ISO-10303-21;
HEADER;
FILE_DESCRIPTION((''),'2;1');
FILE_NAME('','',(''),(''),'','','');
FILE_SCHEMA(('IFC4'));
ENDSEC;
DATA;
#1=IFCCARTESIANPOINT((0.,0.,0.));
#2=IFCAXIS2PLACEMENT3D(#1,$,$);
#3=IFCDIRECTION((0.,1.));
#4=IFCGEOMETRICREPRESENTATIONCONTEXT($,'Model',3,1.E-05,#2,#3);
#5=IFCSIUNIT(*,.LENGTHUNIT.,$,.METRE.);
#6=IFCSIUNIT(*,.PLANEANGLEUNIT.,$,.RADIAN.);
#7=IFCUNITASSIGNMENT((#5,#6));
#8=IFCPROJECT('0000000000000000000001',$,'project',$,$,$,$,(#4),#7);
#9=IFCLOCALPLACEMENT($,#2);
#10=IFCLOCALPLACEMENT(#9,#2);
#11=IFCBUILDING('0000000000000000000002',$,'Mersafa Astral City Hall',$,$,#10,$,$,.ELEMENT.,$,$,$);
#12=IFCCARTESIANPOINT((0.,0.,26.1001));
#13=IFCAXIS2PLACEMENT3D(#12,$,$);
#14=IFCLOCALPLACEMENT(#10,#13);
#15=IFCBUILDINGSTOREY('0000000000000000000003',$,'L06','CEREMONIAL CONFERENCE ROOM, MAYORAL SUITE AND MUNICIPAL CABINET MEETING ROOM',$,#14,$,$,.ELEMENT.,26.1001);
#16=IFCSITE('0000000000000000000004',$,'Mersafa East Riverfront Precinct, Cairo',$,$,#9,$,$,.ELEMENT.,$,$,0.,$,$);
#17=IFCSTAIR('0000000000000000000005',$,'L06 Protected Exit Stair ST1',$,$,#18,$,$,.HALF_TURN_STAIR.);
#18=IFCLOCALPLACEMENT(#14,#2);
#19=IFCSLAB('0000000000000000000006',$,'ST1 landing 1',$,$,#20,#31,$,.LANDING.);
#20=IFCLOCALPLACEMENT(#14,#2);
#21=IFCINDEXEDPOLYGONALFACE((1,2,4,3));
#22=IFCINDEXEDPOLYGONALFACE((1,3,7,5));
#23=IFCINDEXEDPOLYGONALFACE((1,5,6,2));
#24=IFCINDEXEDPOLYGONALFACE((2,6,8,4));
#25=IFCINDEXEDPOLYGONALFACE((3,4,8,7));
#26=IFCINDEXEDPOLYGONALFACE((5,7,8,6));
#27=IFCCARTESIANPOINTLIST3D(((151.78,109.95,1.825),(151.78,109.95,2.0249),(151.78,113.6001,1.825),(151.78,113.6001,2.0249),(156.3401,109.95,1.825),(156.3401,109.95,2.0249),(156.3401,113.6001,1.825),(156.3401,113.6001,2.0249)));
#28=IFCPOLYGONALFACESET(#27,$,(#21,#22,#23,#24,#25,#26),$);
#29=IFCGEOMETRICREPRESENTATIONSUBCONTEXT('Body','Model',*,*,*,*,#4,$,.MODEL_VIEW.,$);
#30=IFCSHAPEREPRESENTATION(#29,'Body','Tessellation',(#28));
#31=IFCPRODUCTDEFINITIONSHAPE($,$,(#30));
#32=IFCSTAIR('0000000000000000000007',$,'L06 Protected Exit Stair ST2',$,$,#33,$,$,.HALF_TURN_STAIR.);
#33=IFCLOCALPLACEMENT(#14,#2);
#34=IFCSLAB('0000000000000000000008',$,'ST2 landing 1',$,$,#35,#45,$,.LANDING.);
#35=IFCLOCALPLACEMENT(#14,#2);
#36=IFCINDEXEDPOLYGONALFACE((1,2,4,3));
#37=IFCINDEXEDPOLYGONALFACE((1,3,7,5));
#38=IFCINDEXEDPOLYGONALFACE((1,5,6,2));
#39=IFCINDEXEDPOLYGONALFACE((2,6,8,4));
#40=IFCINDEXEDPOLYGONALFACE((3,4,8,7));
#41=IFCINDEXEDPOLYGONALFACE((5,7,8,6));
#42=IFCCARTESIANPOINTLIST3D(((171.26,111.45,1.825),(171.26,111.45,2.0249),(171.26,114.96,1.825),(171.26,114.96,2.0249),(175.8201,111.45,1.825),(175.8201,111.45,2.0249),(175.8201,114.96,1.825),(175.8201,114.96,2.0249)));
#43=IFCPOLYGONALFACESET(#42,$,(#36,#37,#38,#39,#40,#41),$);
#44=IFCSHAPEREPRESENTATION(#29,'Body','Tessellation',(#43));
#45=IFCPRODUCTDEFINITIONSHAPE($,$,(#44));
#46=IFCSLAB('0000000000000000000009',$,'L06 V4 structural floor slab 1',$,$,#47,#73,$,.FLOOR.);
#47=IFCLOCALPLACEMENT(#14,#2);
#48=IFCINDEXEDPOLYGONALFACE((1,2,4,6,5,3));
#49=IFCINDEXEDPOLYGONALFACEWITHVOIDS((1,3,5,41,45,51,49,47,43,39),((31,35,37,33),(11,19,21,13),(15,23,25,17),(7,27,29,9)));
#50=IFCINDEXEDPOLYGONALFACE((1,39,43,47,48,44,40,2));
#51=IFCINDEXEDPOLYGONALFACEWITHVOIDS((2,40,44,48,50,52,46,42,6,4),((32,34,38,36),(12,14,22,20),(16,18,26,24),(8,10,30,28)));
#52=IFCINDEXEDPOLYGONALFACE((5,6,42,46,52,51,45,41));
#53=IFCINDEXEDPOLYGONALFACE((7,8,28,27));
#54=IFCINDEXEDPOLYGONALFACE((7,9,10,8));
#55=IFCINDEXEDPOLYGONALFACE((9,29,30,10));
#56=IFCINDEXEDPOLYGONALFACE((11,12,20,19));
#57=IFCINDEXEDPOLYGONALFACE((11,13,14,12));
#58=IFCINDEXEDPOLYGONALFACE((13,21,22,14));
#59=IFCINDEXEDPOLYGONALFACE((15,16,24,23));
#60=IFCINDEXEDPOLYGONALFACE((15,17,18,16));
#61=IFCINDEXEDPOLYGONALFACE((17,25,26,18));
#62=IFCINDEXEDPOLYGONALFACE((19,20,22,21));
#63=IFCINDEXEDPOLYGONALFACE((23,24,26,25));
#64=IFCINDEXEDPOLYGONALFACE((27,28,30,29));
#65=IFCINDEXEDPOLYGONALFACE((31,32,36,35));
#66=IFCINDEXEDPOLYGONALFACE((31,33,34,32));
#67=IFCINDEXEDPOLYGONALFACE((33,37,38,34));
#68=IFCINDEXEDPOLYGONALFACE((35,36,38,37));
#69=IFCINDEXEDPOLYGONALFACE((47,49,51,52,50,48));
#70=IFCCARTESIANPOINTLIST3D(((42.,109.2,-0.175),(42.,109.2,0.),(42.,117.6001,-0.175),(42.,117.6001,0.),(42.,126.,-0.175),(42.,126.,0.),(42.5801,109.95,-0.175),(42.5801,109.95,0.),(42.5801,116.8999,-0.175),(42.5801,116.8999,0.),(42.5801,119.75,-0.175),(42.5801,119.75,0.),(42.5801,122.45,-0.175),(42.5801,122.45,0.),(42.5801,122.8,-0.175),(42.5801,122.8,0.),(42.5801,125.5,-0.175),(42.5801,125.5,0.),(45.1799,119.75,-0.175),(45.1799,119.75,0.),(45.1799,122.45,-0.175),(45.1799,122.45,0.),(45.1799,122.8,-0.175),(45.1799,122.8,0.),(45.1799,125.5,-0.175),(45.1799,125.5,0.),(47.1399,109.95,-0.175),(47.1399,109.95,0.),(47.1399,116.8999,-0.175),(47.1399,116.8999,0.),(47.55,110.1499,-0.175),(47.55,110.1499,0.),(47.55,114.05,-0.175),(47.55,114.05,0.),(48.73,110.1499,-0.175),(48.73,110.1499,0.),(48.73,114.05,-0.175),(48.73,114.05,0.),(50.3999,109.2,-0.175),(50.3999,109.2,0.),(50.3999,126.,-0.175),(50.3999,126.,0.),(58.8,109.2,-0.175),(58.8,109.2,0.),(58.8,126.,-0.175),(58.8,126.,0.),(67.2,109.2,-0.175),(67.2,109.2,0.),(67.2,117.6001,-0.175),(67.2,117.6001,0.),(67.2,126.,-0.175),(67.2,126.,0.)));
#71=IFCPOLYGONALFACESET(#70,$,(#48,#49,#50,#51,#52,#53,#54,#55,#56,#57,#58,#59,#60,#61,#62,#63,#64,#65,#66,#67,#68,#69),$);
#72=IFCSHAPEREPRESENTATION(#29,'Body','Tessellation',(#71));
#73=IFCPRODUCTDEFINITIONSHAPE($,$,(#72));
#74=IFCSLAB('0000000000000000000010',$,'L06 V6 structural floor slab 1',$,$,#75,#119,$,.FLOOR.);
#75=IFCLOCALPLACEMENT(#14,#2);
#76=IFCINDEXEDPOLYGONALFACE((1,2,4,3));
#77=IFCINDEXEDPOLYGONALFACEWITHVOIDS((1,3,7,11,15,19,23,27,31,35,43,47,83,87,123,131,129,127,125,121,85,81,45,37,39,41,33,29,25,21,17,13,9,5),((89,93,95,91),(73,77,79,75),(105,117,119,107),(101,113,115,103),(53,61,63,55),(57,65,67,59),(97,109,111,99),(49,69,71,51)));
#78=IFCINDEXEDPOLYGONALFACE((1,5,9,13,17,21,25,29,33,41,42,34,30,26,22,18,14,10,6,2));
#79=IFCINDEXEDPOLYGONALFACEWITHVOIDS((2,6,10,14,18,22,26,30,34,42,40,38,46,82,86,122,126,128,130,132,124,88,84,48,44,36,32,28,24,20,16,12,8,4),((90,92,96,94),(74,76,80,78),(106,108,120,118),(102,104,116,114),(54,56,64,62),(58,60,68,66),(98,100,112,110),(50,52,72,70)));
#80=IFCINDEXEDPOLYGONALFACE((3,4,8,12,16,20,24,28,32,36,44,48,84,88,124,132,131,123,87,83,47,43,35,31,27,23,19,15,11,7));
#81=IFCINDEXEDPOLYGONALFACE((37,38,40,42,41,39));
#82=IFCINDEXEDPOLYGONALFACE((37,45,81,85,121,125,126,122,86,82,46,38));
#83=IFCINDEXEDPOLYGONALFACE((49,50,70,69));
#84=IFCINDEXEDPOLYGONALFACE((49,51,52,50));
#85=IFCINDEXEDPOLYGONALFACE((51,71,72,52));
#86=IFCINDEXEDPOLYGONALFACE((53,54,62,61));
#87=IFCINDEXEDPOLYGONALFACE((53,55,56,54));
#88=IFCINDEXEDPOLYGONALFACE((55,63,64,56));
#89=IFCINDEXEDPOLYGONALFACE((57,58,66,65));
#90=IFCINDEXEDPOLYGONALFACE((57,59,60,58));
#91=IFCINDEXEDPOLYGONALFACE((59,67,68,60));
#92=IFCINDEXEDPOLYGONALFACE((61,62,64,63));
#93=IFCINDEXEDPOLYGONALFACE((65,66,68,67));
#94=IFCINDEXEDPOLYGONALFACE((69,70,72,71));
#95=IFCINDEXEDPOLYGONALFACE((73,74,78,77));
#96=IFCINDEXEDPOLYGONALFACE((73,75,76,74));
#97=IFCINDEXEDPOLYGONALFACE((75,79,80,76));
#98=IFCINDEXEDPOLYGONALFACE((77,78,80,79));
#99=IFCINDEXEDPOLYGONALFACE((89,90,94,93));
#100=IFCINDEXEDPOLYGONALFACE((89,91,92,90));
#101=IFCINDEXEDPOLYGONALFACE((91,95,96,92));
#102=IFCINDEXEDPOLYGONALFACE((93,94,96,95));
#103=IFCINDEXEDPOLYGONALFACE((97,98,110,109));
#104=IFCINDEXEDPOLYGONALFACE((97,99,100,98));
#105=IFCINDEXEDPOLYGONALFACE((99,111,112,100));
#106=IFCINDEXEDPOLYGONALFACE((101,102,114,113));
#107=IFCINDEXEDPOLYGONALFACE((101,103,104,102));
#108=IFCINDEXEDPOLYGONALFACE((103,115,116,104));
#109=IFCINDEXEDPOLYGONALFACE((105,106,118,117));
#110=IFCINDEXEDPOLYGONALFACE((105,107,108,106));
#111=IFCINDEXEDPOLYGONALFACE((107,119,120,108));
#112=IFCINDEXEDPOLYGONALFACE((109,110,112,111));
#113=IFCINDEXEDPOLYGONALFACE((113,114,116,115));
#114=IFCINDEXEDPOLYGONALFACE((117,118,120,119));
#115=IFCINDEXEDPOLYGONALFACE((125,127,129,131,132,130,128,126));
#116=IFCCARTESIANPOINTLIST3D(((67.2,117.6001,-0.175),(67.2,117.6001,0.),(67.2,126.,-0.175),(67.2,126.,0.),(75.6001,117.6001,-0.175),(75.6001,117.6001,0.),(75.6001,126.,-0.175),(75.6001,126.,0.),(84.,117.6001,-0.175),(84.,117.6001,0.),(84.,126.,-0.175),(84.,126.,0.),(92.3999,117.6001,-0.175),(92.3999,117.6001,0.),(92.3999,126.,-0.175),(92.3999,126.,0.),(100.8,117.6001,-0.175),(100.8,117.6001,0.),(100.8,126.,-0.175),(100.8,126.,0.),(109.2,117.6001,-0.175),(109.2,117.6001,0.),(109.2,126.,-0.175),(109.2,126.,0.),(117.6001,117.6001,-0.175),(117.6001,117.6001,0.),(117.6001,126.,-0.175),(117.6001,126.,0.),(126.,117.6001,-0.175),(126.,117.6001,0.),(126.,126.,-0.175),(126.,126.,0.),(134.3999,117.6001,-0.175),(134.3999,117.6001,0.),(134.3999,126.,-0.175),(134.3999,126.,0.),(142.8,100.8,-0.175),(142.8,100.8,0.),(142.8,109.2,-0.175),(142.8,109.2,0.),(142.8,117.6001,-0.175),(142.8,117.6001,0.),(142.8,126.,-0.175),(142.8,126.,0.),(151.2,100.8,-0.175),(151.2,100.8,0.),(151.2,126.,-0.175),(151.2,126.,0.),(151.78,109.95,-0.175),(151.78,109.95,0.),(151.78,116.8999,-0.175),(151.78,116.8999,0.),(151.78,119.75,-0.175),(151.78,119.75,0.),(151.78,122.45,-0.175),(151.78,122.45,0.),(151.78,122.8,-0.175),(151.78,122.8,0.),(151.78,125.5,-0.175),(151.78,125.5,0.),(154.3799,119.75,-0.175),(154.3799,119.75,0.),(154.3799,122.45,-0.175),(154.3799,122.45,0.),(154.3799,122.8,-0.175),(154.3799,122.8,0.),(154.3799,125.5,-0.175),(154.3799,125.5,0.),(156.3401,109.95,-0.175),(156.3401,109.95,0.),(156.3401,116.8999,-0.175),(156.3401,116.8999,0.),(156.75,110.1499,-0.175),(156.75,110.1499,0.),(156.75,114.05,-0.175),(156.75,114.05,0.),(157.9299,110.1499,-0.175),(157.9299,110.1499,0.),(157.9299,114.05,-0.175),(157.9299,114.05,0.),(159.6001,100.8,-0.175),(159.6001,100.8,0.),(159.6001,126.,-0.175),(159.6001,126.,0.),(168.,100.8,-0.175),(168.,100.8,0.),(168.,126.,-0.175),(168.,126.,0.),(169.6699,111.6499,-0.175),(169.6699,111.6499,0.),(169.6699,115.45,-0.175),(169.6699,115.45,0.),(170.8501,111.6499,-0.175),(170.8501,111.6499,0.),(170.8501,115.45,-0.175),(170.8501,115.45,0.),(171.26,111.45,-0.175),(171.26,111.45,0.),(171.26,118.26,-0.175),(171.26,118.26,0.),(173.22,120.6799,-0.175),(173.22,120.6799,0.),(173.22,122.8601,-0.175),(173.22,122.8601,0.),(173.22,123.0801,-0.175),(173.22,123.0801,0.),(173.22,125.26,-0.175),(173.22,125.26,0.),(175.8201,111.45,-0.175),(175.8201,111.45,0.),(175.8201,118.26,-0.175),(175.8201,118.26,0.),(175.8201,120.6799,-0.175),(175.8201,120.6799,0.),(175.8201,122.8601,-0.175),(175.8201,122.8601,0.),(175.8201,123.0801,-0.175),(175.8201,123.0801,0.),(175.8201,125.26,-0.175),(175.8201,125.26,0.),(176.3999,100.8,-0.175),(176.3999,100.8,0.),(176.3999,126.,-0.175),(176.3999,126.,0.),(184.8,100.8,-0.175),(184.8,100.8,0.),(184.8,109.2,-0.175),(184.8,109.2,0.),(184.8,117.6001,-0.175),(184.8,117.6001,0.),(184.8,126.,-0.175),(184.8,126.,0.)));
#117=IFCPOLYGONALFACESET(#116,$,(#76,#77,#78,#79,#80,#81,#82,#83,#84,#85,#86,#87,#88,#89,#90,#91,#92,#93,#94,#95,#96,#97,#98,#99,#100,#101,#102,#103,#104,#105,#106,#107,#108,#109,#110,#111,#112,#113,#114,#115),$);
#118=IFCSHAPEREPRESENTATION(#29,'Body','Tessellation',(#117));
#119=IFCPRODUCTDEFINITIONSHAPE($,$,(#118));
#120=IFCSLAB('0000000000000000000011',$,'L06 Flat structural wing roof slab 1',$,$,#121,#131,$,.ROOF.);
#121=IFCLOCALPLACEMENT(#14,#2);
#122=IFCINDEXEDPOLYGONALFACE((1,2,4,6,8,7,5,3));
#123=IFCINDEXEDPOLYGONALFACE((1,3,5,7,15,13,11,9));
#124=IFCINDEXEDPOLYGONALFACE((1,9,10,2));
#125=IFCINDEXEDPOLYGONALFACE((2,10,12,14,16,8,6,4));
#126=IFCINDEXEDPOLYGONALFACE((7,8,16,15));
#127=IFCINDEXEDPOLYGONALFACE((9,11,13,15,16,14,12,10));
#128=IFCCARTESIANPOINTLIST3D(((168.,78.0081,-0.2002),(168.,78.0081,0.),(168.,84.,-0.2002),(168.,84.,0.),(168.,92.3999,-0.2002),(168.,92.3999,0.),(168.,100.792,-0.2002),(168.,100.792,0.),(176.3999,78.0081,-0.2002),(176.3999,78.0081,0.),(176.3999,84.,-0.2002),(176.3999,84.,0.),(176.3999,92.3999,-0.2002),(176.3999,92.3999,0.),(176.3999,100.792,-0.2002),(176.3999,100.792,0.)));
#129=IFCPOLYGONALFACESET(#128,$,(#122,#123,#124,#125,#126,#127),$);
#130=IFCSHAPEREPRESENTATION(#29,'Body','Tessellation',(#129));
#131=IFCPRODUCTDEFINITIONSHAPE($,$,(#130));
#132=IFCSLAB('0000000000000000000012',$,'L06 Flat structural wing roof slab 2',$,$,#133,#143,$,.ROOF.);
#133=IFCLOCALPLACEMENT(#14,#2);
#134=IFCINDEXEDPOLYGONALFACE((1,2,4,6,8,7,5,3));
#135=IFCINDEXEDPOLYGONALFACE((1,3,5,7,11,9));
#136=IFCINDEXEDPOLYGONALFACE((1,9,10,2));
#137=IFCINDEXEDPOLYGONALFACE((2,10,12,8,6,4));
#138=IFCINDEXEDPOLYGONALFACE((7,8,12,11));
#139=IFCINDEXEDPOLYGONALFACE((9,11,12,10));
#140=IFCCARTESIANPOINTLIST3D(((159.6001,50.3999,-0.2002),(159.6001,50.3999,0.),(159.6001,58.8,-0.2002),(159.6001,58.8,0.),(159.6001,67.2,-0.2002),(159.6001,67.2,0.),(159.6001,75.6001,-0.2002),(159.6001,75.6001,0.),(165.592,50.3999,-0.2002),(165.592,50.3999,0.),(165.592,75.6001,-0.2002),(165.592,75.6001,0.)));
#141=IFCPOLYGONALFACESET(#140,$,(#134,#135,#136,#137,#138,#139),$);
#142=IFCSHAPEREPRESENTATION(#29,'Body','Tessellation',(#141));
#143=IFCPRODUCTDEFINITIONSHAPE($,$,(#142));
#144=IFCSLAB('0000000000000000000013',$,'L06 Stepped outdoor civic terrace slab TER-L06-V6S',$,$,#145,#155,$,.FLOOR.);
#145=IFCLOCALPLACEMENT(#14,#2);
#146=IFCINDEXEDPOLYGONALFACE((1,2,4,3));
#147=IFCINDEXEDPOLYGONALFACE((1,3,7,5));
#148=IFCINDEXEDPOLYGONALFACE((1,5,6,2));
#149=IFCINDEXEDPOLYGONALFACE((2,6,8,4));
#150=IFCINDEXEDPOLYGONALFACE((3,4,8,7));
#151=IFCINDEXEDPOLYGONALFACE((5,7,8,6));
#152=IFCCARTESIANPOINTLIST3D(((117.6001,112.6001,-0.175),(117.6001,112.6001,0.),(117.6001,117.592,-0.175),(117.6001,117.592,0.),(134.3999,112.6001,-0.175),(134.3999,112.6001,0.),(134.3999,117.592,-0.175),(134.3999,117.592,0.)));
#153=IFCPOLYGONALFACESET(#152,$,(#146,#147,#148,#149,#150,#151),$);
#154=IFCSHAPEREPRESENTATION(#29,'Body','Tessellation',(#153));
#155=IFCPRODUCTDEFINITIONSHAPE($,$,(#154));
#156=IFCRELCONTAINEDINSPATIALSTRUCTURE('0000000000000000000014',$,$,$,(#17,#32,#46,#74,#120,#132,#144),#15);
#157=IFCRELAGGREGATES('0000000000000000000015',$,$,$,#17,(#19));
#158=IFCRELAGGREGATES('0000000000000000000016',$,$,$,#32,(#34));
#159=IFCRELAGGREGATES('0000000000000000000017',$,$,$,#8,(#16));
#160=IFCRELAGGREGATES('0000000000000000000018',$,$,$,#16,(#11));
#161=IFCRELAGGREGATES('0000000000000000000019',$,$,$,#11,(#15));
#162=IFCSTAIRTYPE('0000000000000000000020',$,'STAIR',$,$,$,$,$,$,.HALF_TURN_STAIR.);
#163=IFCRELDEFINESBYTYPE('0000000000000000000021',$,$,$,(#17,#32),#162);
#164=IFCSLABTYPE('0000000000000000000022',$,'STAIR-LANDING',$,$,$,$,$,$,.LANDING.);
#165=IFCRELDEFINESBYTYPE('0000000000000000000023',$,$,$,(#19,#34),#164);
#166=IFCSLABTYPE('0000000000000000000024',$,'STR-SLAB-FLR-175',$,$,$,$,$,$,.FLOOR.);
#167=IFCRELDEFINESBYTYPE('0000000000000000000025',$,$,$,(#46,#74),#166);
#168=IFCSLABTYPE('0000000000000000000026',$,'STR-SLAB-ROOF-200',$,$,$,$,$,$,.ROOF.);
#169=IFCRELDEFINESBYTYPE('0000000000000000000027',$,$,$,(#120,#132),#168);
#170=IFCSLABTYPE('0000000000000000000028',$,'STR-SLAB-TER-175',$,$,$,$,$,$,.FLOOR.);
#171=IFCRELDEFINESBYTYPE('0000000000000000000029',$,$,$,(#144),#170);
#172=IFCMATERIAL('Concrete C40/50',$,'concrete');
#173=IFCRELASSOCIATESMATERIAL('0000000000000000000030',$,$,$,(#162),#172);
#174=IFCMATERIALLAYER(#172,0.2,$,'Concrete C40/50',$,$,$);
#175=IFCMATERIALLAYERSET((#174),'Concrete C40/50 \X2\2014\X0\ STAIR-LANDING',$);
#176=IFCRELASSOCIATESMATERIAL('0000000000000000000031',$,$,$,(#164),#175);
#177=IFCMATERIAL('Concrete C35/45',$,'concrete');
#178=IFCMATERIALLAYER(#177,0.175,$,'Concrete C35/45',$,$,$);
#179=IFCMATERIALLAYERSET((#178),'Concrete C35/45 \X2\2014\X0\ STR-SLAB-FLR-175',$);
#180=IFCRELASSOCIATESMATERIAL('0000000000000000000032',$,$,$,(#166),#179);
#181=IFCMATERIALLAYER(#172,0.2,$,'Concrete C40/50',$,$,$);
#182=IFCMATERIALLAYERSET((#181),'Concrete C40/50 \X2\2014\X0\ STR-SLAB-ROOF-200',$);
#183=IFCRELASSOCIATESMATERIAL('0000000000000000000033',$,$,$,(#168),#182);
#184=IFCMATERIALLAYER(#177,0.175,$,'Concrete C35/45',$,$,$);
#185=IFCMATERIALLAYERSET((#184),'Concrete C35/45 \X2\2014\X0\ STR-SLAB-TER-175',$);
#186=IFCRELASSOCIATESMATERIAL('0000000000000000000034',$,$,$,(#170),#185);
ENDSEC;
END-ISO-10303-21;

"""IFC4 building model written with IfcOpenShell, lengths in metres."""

from ifc_helpers import new_model, si_unit, direction, frame, origin, place, context, subcontext, project, spatial, polyline, outline, extrude, material, layer, layer_set, type_object, element, aggregate, save


model = new_model("IFC4")

# Units and contexts
model_context = context("Model", 3, precision=1e-05, world=origin(), true_north=direction((0.0, 1.0)))
body_context = subcontext(model_context, "Body", "Model", "MODEL_VIEW")
ifc_project = project(units=[si_unit("LENGTHUNIT", "METRE"), si_unit("PLANEANGLEUNIT", "RADIAN")], contexts=[model_context])

# Site, building, storey
site_placement = place(None, origin())
site = spatial("IfcSite", under=ifc_project, at=site_placement, Name="Mersafa East Riverfront Precinct, Cairo", CompositionType="ELEMENT", RefElevation=0.0)
building_placement = place(site_placement, origin())
building = spatial("IfcBuilding", under=site, at=building_placement, Name="Mersafa Astral City Hall", CompositionType="ELEMENT")
storey_placement = place(building_placement, frame((0.0, 0.0, 26.1001)))
storey = spatial("IfcBuildingStorey", under=building, at=storey_placement, Name="L06", Description="CEREMONIAL CONFERENCE ROOM, MAYORAL SUITE AND MUNICIPAL CABINET MEETING ROOM", CompositionType="ELEMENT", Elevation=26.1001)

# Stairs, slabs
ifc_material_1 = material(Name="Concrete C40/50", Category="concrete")
stair_type = type_object("IfcStairType", Name="STAIR", PredefinedType="HALF_TURN_STAIR", material=ifc_material_1)
stair_1_placement = place(storey_placement, origin())
stair_1 = element("IfcStair", 1, at=stair_1_placement, inside=storey, type_object=stair_type, Name="L06 Protected Exit Stair ST1", PredefinedType="HALF_TURN_STAIR")
ifc_layer_1 = layer(ifc_material_1, 0.2, Name="Concrete C40/50")
ifc_layer_set_1 = layer_set([ifc_layer_1], Name="Concrete C40/50 — STAIR-LANDING")
slab_type_1 = type_object("IfcSlabType", Name="STAIR-LANDING", PredefinedType="LANDING", material=ifc_layer_set_1)
slab_1_placement = place(storey_placement, frame((0.0, 0.0, 1.825)))
slab_1 = element("IfcSlab", 2, at=slab_1_placement, type_object=slab_type_1, Name="ST1 landing 1", PredefinedType="LANDING", context=body_context, shape_type="SweptSolid", body=[
    extrude(outline(polyline([(151.78, 113.6001), (151.78, 109.95), (156.3401, 109.95), (156.3401, 113.6001), (151.78, 113.6001)])), origin(), (0.0, 0.0, 1.0), 0.2),
])
aggregate(stair_1, [slab_1])
stair_2_placement = place(storey_placement, origin())
stair_2 = element("IfcStair", 3, at=stair_2_placement, inside=storey, type_object=stair_type, Name="L06 Protected Exit Stair ST2", PredefinedType="HALF_TURN_STAIR")
slab_2_placement = place(storey_placement, frame((0.0, 0.0, 1.825)))
slab_2 = element("IfcSlab", 4, at=slab_2_placement, type_object=slab_type_1, Name="ST2 landing 1", PredefinedType="LANDING", context=body_context, shape_type="SweptSolid", body=[
    extrude(outline(polyline([(171.26, 114.96), (171.26, 111.45), (175.8201, 111.45), (175.8201, 114.96), (171.26, 114.96)])), origin(), (0.0, 0.0, 1.0), 0.2),
])
aggregate(stair_2, [slab_2])

# Slabs
ifc_material_2 = material(Name="Concrete C35/45", Category="concrete")
ifc_layer_2 = layer(ifc_material_2, 0.175, Name="Concrete C35/45")
ifc_layer_set_2 = layer_set([ifc_layer_2], Name="Concrete C35/45 — STR-SLAB-FLR-175")
slab_type_2 = type_object("IfcSlabType", Name="STR-SLAB-FLR-175", PredefinedType="FLOOR", material=ifc_layer_set_2)
slab_3_placement = place(storey_placement, frame((0.0, 0.0, -0.175)))
element("IfcSlab", 5, at=slab_3_placement, inside=storey, type_object=slab_type_2, Name="L06 V4 structural floor slab 1", PredefinedType="FLOOR", context=body_context, shape_type="SweptSolid", body=[
    extrude(outline(polyline([(42.0, 126.0), (50.3999, 126.0), (58.8, 126.0), (67.2, 126.0), (67.2, 117.6001), (67.2, 109.2), (58.8, 109.2), (50.3999, 109.2), (42.0, 109.2), (42.0, 117.6001), (42.0, 126.0)]), holes=[polyline([(47.55, 114.05), (47.55, 110.1499), (48.73, 110.1499), (48.73, 114.05), (47.55, 114.05)]), polyline([(42.5801, 109.95), (47.1399, 109.95), (47.1399, 116.8999), (42.5801, 116.8999), (42.5801, 109.95)]), polyline([(45.1799, 122.45), (42.5801, 122.45), (42.5801, 119.75), (45.1799, 119.75), (45.1799, 122.45)]), polyline([(45.1799, 125.5), (42.5801, 125.5), (42.5801, 122.8), (45.1799, 122.8), (45.1799, 125.5)])]), origin(), (0.0, 0.0, 1.0), 0.175),
])
slab_4_placement = place(storey_placement, frame((0.0, 0.0, -0.175)))
element("IfcSlab", 6, at=slab_4_placement, inside=storey, type_object=slab_type_2, Name="L06 V6 structural floor slab 1", PredefinedType="FLOOR", context=body_context, shape_type="SweptSolid", body=[
    extrude(outline(polyline([(134.3999, 117.6001), (126.0, 117.6001), (117.6001, 117.6001), (109.2, 117.6001), (100.8, 117.6001), (92.3999, 117.6001), (84.0, 117.6001), (75.6001, 117.6001), (67.2, 117.6001), (67.2, 126.0), (75.6001, 126.0), (84.0, 126.0), (92.3999, 126.0), (100.8, 126.0), (109.2, 126.0), (117.6001, 126.0), (126.0, 126.0), (134.3999, 126.0), (142.8, 126.0), (151.2, 126.0), (159.6001, 126.0), (168.0, 126.0), (176.3999, 126.0), (184.8, 126.0), (184.8, 117.6001), (184.8, 109.2), (184.8, 100.8), (176.3999, 100.8), (168.0, 100.8), (159.6001, 100.8), (151.2, 100.8), (142.8, 100.8), (142.8, 109.2), (142.8, 117.6001), (134.3999, 117.6001)]), holes=[polyline([(151.78, 122.45), (151.78, 119.75), (154.3799, 119.75), (154.3799, 122.45), (151.78, 122.45)]), polyline([(154.3799, 125.5), (151.78, 125.5), (151.78, 122.8), (154.3799, 122.8), (154.3799, 125.5)]), polyline([(156.75, 114.05), (156.75, 110.1499), (157.9299, 110.1499), (157.9299, 114.05), (156.75, 114.05)]), polyline([(151.78, 109.95), (156.3401, 109.95), (156.3401, 116.8999), (151.78, 116.8999), (151.78, 109.95)]), polyline([(170.8501, 115.45), (169.6699, 115.45), (169.6699, 111.6499), (170.8501, 111.6499), (170.8501, 115.45)]), polyline([(175.8201, 111.45), (175.8201, 118.26), (171.26, 118.26), (171.26, 111.45), (175.8201, 111.45)]), polyline([(175.8201, 122.8601), (173.22, 122.8601), (173.22, 120.6799), (175.8201, 120.6799), (175.8201, 122.8601)]), polyline([(175.8201, 125.26), (173.22, 125.26), (173.22, 123.0801), (175.8201, 123.0801), (175.8201, 125.26)])]), origin(), (0.0, 0.0, 1.0), 0.175),
])
ifc_layer_3 = layer(ifc_material_1, 0.2, Name="Concrete C40/50")
ifc_layer_set_3 = layer_set([ifc_layer_3], Name="Concrete C40/50 — STR-SLAB-ROOF-200")
slab_type_3 = type_object("IfcSlabType", Name="STR-SLAB-ROOF-200", PredefinedType="ROOF", material=ifc_layer_set_3)
slab_5_placement = place(storey_placement, frame((0.0, 0.0, -0.2002)))
element("IfcSlab", 7, at=slab_5_placement, inside=storey, type_object=slab_type_3, Name="L06 Flat structural wing roof slab 1", PredefinedType="ROOF", context=body_context, shape_type="SweptSolid", body=[
    extrude(outline(polyline([(168.0, 84.0), (168.0, 92.3999), (168.0, 100.792), (176.3999, 100.792), (176.3999, 92.3999), (176.3999, 84.0), (176.3999, 78.0081), (168.0, 78.0081), (168.0, 84.0)])), origin(), (0.0, 0.0, 1.0), 0.2002),
])
slab_6_placement = place(storey_placement, frame((0.0, 0.0, -0.2002)))
element("IfcSlab", 8, at=slab_6_placement, inside=storey, type_object=slab_type_3, Name="L06 Flat structural wing roof slab 2", PredefinedType="ROOF", context=body_context, shape_type="SweptSolid", body=[
    extrude(outline(polyline([(159.6001, 75.6001), (165.592, 75.6001), (165.592, 50.3999), (159.6001, 50.3999), (159.6001, 58.8), (159.6001, 67.2), (159.6001, 75.6001)])), origin(), (0.0, 0.0, 1.0), 0.2002),
])
ifc_layer_4 = layer(ifc_material_2, 0.175, Name="Concrete C35/45")
ifc_layer_set_4 = layer_set([ifc_layer_4], Name="Concrete C35/45 — STR-SLAB-TER-175")
slab_type_4 = type_object("IfcSlabType", Name="STR-SLAB-TER-175", PredefinedType="FLOOR", material=ifc_layer_set_4)
slab_7_placement = place(storey_placement, frame((0.0, 0.0, -0.175)))
element("IfcSlab", 9, at=slab_7_placement, inside=storey, type_object=slab_type_4, Name="L06 Stepped outdoor civic terrace slab TER-L06-V6S", PredefinedType="FLOOR", context=body_context, shape_type="SweptSolid", body=[
    extrude(outline(polyline([(134.3999, 112.6001), (117.6001, 112.6001), (117.6001, 117.592), (134.3999, 117.592), (134.3999, 112.6001)])), origin(), (0.0, 0.0, 1.0), 0.175),
])

save(model, "model.ifc")
